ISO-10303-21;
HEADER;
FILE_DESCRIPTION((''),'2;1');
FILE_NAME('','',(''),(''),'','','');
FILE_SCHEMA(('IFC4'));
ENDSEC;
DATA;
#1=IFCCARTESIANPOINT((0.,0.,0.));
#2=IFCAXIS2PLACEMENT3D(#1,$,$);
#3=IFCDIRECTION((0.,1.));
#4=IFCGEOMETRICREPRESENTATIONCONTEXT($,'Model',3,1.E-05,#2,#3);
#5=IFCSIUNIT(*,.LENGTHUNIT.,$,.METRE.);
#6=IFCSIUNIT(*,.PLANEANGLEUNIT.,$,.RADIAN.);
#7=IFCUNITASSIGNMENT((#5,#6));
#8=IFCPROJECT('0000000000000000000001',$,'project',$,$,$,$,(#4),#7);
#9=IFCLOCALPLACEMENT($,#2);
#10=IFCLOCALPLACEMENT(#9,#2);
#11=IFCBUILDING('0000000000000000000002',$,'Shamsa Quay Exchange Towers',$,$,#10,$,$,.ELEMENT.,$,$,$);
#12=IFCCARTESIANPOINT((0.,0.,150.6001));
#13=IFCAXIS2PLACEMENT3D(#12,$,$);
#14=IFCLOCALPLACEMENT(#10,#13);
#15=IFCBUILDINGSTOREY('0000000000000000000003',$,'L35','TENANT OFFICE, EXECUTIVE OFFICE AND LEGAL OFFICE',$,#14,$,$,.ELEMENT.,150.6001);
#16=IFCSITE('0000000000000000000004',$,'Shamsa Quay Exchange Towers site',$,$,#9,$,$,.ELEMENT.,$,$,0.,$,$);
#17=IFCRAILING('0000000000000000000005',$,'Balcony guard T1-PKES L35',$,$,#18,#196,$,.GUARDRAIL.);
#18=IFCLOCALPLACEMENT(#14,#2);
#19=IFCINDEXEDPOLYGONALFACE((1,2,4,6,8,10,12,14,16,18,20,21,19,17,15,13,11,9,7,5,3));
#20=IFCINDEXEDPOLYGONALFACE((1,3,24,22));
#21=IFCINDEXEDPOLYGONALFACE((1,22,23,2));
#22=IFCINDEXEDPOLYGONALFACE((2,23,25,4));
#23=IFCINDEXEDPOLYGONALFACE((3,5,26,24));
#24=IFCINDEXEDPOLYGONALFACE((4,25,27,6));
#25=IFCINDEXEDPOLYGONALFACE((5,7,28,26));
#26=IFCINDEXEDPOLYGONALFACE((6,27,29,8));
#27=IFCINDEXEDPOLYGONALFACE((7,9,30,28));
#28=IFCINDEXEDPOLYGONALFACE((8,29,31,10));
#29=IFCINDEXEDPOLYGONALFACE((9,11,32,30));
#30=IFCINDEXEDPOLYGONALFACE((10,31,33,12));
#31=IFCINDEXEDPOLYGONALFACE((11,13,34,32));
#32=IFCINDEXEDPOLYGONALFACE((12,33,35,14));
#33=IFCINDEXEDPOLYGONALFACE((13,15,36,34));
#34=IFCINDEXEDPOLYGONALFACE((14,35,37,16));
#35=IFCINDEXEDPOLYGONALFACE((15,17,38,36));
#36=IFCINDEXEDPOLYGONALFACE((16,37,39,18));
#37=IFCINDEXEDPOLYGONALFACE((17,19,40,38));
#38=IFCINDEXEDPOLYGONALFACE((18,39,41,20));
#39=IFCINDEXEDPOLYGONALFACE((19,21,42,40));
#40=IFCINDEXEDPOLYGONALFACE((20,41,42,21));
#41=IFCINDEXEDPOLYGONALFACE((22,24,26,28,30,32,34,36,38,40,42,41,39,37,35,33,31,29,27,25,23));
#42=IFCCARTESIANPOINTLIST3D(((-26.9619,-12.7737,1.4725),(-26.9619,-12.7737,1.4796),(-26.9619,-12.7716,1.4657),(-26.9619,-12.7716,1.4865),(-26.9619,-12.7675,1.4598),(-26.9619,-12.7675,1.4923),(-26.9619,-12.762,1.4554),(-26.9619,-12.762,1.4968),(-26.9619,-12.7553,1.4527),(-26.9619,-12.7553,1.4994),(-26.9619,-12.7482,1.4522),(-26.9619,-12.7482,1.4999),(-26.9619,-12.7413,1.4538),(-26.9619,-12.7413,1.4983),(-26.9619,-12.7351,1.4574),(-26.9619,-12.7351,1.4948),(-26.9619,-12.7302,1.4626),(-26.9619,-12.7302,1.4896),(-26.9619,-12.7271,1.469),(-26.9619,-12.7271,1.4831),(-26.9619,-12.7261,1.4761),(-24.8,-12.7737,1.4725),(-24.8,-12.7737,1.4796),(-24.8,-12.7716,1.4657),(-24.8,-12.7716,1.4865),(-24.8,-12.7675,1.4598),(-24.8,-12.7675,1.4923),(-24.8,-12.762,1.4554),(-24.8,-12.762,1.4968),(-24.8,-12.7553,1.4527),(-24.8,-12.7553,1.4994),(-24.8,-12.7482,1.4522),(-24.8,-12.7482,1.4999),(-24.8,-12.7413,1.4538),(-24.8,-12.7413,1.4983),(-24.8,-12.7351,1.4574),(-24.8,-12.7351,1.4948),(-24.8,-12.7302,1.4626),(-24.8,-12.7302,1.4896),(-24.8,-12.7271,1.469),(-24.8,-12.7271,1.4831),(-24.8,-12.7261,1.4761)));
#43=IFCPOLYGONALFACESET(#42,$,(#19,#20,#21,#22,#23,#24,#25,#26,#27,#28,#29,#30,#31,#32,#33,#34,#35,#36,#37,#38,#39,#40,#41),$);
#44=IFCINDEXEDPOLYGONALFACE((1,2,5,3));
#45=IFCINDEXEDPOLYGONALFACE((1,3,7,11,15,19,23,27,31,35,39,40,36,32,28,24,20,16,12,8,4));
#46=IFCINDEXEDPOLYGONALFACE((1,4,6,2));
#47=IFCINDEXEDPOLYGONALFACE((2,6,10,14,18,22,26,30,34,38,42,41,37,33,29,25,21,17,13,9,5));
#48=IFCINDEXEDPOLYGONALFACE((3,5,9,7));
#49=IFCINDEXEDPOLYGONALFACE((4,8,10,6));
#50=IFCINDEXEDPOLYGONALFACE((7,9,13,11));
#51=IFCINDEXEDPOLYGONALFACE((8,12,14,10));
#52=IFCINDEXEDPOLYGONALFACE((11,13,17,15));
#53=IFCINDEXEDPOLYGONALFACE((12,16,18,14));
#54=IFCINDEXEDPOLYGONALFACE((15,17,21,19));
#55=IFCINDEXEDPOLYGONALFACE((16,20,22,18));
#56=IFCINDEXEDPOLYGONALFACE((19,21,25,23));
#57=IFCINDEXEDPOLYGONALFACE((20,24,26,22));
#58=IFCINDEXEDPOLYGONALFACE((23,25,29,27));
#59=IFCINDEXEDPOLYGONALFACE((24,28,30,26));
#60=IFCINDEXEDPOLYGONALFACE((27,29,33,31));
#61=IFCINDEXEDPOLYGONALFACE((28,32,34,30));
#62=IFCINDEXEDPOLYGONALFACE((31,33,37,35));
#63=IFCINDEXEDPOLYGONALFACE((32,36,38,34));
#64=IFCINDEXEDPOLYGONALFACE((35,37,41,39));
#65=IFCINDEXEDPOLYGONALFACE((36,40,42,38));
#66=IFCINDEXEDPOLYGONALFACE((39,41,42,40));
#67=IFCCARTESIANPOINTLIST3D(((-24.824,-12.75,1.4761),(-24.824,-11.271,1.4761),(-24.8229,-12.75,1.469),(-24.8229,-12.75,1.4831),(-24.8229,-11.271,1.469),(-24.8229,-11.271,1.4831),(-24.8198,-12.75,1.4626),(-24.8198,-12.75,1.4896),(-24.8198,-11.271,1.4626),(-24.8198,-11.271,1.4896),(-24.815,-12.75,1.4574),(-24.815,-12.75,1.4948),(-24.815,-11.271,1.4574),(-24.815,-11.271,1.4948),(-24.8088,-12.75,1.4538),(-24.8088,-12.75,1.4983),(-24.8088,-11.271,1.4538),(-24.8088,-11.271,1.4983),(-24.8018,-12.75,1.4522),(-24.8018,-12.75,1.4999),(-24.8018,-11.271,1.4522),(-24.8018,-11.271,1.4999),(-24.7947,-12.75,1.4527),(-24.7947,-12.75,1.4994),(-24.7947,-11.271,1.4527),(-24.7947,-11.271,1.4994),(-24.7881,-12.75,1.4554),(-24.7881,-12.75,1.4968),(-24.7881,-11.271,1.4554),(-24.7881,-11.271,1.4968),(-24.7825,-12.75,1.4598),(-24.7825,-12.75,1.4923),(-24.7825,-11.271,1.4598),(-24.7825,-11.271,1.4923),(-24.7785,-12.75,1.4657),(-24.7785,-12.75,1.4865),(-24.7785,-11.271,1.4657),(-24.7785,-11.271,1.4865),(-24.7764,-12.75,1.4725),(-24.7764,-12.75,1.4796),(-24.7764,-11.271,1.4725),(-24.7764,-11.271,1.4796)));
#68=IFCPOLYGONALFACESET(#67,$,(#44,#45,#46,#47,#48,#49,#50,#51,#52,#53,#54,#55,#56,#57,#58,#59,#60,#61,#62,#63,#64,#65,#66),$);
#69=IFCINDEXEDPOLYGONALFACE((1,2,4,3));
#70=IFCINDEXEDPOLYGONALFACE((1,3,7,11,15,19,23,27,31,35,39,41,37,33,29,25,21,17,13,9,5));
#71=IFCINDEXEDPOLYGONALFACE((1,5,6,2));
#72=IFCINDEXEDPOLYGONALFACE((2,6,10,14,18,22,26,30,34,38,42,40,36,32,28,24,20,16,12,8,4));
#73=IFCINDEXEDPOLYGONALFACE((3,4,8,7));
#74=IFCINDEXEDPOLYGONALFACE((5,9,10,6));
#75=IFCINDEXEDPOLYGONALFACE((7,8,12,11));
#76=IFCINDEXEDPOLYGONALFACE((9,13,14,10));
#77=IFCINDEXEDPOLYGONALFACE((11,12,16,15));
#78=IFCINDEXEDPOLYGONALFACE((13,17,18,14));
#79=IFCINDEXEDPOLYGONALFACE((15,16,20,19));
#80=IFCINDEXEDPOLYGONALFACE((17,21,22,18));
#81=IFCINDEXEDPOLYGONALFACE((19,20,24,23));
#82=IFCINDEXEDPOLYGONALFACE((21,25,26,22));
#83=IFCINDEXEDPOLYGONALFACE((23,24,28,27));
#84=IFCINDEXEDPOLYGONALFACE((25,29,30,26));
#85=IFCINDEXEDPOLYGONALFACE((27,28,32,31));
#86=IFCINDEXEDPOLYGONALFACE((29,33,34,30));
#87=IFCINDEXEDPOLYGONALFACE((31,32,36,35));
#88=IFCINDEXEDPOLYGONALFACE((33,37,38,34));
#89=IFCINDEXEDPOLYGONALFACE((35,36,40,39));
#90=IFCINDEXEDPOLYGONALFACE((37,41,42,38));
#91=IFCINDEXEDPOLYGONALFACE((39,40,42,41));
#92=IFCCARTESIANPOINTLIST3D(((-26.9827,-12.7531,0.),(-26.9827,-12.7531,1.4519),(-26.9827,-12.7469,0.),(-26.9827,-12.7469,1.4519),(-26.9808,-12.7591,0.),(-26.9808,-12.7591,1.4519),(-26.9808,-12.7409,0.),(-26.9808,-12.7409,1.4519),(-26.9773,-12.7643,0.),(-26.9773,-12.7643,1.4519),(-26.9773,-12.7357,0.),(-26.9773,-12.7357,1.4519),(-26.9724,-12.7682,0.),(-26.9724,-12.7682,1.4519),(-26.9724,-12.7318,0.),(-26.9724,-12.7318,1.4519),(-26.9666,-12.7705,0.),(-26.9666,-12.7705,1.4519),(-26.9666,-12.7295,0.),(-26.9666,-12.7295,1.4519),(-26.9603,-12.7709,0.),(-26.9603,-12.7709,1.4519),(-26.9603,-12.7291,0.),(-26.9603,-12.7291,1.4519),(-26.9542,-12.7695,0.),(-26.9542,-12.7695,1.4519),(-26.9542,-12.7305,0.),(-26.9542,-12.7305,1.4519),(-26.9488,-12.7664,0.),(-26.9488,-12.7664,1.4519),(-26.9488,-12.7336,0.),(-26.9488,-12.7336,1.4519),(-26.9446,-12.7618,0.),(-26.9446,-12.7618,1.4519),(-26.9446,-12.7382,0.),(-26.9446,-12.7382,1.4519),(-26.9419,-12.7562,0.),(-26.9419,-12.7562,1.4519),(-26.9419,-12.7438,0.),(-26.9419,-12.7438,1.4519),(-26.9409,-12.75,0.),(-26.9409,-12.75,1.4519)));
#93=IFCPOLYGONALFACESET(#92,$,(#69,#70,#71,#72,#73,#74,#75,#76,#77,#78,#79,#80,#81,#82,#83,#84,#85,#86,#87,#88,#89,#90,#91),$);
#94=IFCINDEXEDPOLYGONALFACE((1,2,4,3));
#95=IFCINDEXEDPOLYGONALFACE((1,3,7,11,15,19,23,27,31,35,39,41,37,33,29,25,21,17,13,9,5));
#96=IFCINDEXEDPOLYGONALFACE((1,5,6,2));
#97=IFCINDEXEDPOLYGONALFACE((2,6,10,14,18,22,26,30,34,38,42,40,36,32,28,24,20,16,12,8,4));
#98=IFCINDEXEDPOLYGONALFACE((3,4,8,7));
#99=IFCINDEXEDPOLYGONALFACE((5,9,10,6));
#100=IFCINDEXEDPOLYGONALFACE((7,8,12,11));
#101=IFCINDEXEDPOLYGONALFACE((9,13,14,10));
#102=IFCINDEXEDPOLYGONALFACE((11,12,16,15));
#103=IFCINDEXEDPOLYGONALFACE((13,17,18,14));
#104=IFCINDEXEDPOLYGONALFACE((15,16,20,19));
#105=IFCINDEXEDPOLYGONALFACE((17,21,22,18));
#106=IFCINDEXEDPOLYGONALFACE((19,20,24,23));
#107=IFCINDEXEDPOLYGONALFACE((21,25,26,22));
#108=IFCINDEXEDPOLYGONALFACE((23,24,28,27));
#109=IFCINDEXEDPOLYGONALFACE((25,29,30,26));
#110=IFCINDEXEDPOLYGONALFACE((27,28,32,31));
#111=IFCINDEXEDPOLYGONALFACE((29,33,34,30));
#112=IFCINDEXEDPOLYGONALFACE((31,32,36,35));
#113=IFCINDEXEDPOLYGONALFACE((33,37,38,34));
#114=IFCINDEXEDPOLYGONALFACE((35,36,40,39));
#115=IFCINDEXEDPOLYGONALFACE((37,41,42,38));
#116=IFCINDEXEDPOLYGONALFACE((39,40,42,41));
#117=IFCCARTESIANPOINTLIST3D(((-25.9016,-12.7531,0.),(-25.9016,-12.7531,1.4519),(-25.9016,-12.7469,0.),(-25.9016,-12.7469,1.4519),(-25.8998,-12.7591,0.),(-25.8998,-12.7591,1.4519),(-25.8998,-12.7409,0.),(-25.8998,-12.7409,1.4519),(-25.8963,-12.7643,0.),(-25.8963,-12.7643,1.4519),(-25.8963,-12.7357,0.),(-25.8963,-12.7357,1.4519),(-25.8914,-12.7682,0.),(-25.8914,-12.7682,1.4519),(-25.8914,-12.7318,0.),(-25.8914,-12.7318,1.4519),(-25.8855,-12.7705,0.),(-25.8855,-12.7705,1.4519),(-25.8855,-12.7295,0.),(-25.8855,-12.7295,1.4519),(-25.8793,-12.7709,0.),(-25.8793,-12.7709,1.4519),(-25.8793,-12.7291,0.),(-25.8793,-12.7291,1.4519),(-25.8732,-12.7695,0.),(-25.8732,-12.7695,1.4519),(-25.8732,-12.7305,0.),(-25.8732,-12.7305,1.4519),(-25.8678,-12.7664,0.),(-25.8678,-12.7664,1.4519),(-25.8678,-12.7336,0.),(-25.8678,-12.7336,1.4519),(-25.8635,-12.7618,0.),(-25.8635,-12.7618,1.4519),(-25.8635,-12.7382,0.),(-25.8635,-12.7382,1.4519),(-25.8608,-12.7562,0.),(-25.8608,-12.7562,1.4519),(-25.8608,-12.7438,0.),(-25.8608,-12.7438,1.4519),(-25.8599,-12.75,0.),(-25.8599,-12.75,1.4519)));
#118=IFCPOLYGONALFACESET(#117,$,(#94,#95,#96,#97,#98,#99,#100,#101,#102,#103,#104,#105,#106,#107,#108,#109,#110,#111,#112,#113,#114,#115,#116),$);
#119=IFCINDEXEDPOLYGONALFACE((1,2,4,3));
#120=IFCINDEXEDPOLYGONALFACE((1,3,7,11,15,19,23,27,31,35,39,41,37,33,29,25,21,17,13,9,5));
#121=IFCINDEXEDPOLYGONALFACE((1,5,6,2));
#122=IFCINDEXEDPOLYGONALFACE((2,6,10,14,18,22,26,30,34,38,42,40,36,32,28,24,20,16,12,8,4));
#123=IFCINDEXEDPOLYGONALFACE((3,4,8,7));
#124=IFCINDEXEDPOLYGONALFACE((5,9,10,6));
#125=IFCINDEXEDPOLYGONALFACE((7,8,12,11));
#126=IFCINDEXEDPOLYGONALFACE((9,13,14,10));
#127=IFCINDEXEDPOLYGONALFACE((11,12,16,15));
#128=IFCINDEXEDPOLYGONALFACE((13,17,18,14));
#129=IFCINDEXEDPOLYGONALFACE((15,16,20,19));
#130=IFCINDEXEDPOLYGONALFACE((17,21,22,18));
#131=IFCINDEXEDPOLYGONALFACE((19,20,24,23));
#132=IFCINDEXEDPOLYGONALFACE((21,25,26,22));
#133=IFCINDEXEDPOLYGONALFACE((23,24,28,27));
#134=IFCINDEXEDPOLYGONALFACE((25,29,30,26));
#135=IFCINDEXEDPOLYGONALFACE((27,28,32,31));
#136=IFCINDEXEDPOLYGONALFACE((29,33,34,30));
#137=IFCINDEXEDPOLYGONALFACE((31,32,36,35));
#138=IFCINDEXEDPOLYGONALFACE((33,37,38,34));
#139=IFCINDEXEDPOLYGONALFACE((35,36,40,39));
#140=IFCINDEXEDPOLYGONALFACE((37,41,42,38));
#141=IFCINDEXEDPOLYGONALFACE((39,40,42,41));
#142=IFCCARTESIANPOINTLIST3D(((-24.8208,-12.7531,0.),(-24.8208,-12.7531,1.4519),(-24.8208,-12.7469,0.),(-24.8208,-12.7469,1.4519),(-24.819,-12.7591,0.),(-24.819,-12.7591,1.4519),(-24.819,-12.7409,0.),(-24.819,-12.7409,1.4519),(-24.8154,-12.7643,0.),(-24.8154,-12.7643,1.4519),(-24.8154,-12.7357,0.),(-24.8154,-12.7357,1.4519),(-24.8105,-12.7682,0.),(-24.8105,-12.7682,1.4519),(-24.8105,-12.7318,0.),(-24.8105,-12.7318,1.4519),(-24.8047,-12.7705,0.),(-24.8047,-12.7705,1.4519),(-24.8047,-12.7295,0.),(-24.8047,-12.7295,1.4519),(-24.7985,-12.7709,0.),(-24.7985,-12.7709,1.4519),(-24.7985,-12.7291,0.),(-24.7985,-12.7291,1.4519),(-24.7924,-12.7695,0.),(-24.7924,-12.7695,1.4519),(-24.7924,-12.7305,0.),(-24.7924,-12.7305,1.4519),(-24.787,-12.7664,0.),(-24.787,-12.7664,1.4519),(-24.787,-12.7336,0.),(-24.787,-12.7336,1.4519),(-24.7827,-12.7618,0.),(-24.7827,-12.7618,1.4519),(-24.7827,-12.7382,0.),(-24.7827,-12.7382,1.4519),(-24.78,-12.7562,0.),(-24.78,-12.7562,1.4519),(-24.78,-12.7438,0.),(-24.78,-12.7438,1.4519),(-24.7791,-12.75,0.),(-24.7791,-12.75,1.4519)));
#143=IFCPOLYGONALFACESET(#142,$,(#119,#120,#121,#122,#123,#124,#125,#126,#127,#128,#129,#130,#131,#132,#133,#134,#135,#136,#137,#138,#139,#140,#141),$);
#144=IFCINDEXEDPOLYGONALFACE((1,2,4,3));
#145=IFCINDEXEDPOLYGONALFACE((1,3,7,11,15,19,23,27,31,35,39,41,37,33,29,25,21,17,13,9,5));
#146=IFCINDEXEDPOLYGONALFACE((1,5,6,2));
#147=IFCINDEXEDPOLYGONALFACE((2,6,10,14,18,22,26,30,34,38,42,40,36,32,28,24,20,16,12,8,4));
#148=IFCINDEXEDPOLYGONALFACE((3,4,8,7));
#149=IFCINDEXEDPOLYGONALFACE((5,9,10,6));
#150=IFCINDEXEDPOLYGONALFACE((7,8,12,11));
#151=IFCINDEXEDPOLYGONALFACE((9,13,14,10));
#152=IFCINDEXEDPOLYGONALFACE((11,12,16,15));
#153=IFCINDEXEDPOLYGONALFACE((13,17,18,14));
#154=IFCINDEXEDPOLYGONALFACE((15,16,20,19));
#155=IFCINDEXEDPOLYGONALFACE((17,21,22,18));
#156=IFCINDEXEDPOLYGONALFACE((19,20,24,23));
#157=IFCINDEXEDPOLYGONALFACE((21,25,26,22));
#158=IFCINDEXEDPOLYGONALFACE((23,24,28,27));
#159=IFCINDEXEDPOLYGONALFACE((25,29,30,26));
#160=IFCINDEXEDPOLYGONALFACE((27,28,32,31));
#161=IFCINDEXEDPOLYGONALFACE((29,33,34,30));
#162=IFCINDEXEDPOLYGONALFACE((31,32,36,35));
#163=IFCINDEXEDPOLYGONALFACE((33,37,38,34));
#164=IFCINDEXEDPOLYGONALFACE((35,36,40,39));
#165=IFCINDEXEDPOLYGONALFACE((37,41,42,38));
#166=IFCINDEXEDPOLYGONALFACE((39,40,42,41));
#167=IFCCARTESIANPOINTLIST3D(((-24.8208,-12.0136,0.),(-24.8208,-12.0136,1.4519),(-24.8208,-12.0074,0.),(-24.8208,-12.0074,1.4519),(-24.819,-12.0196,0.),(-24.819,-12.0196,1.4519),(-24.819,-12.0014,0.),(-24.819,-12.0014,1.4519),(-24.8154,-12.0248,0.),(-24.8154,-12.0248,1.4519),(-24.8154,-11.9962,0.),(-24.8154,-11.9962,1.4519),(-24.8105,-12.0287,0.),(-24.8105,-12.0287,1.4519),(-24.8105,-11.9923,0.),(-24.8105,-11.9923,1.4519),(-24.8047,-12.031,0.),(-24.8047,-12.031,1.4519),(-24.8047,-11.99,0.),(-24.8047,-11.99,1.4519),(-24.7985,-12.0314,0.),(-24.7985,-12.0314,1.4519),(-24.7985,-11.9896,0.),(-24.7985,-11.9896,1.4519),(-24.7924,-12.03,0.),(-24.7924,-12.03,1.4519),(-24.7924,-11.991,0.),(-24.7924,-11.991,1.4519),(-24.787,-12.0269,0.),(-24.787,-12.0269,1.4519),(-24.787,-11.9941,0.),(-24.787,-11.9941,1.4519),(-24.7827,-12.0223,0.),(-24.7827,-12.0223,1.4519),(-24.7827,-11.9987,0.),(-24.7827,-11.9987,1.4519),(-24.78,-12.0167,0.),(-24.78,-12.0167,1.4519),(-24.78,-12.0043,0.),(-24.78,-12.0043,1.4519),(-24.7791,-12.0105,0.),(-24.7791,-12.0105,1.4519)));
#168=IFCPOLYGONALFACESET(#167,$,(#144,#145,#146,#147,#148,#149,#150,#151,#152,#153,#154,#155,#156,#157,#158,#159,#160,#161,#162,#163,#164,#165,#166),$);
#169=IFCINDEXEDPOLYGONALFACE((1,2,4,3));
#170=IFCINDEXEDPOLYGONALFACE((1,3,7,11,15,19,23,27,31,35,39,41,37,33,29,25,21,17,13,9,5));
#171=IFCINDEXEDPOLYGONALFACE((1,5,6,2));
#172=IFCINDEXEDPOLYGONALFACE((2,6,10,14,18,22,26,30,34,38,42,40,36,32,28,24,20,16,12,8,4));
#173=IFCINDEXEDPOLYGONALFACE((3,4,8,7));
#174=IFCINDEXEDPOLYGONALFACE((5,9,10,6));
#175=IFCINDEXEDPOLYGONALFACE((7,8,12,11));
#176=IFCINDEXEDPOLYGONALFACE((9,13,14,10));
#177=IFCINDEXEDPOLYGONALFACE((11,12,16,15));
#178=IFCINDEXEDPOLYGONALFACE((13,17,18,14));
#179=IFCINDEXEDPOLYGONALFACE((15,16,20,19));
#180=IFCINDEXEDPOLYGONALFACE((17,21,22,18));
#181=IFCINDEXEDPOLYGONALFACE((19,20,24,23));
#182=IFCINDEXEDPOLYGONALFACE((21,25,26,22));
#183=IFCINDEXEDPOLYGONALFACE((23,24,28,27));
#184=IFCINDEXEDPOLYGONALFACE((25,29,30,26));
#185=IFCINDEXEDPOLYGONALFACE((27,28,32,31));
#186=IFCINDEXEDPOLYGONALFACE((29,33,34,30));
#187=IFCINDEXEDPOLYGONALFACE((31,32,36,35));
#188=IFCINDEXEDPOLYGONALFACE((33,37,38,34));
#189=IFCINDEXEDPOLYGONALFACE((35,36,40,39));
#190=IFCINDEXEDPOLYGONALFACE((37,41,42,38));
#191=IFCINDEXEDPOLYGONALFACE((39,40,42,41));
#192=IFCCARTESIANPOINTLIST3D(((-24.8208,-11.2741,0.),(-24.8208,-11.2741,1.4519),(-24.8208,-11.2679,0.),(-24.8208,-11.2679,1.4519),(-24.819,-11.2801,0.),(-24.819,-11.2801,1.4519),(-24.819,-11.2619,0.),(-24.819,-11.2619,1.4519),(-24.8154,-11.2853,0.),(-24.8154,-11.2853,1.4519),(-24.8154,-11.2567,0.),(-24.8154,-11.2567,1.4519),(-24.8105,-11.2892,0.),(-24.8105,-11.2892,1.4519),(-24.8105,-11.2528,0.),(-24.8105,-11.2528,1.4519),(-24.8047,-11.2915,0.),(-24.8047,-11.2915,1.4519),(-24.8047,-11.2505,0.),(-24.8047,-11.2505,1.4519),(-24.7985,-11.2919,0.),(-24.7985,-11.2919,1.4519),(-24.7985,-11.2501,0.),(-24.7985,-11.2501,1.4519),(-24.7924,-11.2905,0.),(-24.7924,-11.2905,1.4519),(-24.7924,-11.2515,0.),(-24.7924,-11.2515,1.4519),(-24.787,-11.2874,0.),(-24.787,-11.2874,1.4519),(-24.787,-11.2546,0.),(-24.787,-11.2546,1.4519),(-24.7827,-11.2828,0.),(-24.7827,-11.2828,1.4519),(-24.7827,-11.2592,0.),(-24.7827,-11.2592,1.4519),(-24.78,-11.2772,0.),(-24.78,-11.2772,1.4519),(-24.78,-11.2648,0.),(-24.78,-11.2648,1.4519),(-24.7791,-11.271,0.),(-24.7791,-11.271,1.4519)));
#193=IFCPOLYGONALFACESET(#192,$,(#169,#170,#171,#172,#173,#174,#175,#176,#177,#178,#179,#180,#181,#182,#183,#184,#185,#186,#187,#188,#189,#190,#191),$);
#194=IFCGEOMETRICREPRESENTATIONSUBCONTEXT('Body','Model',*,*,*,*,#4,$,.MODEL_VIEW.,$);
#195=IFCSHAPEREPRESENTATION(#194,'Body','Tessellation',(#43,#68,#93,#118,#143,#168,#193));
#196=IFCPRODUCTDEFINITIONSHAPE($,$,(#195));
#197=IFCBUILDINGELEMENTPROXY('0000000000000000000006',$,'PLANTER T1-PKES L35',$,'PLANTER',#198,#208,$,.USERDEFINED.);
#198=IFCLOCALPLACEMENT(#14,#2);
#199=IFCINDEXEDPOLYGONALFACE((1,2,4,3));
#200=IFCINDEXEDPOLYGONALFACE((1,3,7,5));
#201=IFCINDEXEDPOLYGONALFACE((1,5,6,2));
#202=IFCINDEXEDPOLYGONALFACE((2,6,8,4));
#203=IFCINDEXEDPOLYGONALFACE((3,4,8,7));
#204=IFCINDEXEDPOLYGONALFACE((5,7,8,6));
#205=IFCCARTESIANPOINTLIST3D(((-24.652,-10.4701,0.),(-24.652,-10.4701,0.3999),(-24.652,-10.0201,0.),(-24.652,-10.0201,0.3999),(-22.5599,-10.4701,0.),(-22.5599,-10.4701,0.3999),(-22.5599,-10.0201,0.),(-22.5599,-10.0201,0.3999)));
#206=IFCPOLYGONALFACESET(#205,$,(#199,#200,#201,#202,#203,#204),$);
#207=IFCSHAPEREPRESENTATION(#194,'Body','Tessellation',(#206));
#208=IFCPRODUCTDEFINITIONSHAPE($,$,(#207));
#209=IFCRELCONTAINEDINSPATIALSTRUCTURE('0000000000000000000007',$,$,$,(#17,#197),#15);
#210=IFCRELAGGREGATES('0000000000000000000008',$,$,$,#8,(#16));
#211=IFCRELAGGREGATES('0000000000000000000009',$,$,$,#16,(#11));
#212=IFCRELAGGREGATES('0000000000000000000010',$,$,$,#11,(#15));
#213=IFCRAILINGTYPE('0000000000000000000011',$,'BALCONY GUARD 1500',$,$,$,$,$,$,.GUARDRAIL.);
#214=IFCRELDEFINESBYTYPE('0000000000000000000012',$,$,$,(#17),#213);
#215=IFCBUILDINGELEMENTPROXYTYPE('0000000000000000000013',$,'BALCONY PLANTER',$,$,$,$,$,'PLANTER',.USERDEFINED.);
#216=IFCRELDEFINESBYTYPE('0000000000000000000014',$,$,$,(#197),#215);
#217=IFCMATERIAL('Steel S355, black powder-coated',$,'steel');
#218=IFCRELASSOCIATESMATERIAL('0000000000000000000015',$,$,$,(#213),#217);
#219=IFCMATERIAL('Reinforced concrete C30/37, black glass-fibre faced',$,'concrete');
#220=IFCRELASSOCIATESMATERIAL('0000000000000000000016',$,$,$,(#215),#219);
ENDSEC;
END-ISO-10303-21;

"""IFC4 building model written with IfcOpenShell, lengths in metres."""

from ifc_helpers import new_model, si_unit, direction, frame, origin, origin_2d, place, context, subcontext, project, spatial, rectangle, circle, extrude, material, type_object, element, save


model = new_model("IFC4")

# Units and contexts
model_context = context("Model", 3, precision=1e-05, world=origin(), true_north=direction((0.0, 1.0)))
body_context = subcontext(model_context, "Body", "Model", "MODEL_VIEW")
ifc_project = project(units=[si_unit("LENGTHUNIT", "METRE"), si_unit("PLANEANGLEUNIT", "RADIAN")], contexts=[model_context])

# Site, building, storey
site_placement = place(None, origin())
site = spatial("IfcSite", under=ifc_project, at=site_placement, Name="Shamsa Quay Exchange Towers site", CompositionType="ELEMENT", RefElevation=0.0)
building_placement = place(site_placement, origin())
building = spatial("IfcBuilding", under=site, at=building_placement, Name="Shamsa Quay Exchange Towers", CompositionType="ELEMENT")
storey_placement = place(building_placement, frame((0.0, 0.0, 150.6001)))
storey = spatial("IfcBuildingStorey", under=building, at=storey_placement, Name="L35", Description="TENANT OFFICE, EXECUTIVE OFFICE AND LEGAL OFFICE", CompositionType="ELEMENT", Elevation=150.6001)

# Railing
ifc_material_1 = material(Name="Steel S355, black powder-coated", Category="steel")
railing_type_1 = type_object("IfcRailingType", Name="BALCONY GUARD 1500", PredefinedType="GUARDRAIL", material=ifc_material_1)
for number, where, name in (
    (1, (-26.9619, -12.75, 0.0), "Balcony guard T1-PKES L35"),
):
    element("IfcRailing", number, at=place(storey_placement, frame(where)), inside=storey, type_object=railing_type_1, Name=name, PredefinedType="GUARDRAIL", context=body_context, shape_type="SweptSolid", body=[
        extrude(circle(Radius=0.0239, at=origin_2d()), frame((0.0, 0.0, 1.4761), z_axis=(1.0, 0.0, 0.0), x_axis=(0.0, 1.0, 0.0)), (0.0, 0.0, 1.0), 2.1619),
        extrude(circle(Radius=0.0239, at=origin_2d()), frame((2.1619, 0.0, 1.4761), z_axis=(0.0, 1.0, 0.0), x_axis=(-1.0, 0.0, 0.0)), (0.0, 0.0, 1.0), 1.479),
        extrude(circle(Radius=0.021, at=origin_2d()), origin(), (0.0, 0.0, 1.0), 1.4519),
        extrude(circle(Radius=0.021, at=origin_2d()), frame((1.0811, 0.0, 0.0)), (0.0, 0.0, 1.0), 1.4519),
        extrude(circle(Radius=0.021, at=origin_2d()), frame((2.1619, 0.0, 0.0)), (0.0, 0.0, 1.0), 1.4519),
        extrude(circle(Radius=0.021, at=origin_2d()), frame((2.1619, 0.7395, 0.0)), (0.0, 0.0, 1.0), 1.4519),
        extrude(circle(Radius=0.021, at=origin_2d()), frame((2.1619, 1.479, 0.0)), (0.0, 0.0, 1.0), 1.4519),
    ])

# Building element proxy
ifc_material_2 = material(Name="Reinforced concrete C30/37, black glass-fibre faced", Category="concrete")
building_element_proxy_type = type_object("IfcBuildingElementProxyType", Name="BALCONY PLANTER", ElementType="PLANTER", PredefinedType="USERDEFINED", material=ifc_material_2)
for number, where, name in (
    (2, (-23.606, -10.2451, 0.0), "PLANTER T1-PKES L35"),
):
    element("IfcBuildingElementProxy", number, at=place(storey_placement, frame(where)), inside=storey, type_object=building_element_proxy_type, Name=name, ObjectType="PLANTER", PredefinedType="USERDEFINED", context=body_context, shape_type="SweptSolid", body=[
        extrude(rectangle(XDim=2.092, YDim=0.45, at=origin_2d()), origin(), (0.0, 0.0, 1.0), 0.3999),
    ])

save(model, "model.ifc")
